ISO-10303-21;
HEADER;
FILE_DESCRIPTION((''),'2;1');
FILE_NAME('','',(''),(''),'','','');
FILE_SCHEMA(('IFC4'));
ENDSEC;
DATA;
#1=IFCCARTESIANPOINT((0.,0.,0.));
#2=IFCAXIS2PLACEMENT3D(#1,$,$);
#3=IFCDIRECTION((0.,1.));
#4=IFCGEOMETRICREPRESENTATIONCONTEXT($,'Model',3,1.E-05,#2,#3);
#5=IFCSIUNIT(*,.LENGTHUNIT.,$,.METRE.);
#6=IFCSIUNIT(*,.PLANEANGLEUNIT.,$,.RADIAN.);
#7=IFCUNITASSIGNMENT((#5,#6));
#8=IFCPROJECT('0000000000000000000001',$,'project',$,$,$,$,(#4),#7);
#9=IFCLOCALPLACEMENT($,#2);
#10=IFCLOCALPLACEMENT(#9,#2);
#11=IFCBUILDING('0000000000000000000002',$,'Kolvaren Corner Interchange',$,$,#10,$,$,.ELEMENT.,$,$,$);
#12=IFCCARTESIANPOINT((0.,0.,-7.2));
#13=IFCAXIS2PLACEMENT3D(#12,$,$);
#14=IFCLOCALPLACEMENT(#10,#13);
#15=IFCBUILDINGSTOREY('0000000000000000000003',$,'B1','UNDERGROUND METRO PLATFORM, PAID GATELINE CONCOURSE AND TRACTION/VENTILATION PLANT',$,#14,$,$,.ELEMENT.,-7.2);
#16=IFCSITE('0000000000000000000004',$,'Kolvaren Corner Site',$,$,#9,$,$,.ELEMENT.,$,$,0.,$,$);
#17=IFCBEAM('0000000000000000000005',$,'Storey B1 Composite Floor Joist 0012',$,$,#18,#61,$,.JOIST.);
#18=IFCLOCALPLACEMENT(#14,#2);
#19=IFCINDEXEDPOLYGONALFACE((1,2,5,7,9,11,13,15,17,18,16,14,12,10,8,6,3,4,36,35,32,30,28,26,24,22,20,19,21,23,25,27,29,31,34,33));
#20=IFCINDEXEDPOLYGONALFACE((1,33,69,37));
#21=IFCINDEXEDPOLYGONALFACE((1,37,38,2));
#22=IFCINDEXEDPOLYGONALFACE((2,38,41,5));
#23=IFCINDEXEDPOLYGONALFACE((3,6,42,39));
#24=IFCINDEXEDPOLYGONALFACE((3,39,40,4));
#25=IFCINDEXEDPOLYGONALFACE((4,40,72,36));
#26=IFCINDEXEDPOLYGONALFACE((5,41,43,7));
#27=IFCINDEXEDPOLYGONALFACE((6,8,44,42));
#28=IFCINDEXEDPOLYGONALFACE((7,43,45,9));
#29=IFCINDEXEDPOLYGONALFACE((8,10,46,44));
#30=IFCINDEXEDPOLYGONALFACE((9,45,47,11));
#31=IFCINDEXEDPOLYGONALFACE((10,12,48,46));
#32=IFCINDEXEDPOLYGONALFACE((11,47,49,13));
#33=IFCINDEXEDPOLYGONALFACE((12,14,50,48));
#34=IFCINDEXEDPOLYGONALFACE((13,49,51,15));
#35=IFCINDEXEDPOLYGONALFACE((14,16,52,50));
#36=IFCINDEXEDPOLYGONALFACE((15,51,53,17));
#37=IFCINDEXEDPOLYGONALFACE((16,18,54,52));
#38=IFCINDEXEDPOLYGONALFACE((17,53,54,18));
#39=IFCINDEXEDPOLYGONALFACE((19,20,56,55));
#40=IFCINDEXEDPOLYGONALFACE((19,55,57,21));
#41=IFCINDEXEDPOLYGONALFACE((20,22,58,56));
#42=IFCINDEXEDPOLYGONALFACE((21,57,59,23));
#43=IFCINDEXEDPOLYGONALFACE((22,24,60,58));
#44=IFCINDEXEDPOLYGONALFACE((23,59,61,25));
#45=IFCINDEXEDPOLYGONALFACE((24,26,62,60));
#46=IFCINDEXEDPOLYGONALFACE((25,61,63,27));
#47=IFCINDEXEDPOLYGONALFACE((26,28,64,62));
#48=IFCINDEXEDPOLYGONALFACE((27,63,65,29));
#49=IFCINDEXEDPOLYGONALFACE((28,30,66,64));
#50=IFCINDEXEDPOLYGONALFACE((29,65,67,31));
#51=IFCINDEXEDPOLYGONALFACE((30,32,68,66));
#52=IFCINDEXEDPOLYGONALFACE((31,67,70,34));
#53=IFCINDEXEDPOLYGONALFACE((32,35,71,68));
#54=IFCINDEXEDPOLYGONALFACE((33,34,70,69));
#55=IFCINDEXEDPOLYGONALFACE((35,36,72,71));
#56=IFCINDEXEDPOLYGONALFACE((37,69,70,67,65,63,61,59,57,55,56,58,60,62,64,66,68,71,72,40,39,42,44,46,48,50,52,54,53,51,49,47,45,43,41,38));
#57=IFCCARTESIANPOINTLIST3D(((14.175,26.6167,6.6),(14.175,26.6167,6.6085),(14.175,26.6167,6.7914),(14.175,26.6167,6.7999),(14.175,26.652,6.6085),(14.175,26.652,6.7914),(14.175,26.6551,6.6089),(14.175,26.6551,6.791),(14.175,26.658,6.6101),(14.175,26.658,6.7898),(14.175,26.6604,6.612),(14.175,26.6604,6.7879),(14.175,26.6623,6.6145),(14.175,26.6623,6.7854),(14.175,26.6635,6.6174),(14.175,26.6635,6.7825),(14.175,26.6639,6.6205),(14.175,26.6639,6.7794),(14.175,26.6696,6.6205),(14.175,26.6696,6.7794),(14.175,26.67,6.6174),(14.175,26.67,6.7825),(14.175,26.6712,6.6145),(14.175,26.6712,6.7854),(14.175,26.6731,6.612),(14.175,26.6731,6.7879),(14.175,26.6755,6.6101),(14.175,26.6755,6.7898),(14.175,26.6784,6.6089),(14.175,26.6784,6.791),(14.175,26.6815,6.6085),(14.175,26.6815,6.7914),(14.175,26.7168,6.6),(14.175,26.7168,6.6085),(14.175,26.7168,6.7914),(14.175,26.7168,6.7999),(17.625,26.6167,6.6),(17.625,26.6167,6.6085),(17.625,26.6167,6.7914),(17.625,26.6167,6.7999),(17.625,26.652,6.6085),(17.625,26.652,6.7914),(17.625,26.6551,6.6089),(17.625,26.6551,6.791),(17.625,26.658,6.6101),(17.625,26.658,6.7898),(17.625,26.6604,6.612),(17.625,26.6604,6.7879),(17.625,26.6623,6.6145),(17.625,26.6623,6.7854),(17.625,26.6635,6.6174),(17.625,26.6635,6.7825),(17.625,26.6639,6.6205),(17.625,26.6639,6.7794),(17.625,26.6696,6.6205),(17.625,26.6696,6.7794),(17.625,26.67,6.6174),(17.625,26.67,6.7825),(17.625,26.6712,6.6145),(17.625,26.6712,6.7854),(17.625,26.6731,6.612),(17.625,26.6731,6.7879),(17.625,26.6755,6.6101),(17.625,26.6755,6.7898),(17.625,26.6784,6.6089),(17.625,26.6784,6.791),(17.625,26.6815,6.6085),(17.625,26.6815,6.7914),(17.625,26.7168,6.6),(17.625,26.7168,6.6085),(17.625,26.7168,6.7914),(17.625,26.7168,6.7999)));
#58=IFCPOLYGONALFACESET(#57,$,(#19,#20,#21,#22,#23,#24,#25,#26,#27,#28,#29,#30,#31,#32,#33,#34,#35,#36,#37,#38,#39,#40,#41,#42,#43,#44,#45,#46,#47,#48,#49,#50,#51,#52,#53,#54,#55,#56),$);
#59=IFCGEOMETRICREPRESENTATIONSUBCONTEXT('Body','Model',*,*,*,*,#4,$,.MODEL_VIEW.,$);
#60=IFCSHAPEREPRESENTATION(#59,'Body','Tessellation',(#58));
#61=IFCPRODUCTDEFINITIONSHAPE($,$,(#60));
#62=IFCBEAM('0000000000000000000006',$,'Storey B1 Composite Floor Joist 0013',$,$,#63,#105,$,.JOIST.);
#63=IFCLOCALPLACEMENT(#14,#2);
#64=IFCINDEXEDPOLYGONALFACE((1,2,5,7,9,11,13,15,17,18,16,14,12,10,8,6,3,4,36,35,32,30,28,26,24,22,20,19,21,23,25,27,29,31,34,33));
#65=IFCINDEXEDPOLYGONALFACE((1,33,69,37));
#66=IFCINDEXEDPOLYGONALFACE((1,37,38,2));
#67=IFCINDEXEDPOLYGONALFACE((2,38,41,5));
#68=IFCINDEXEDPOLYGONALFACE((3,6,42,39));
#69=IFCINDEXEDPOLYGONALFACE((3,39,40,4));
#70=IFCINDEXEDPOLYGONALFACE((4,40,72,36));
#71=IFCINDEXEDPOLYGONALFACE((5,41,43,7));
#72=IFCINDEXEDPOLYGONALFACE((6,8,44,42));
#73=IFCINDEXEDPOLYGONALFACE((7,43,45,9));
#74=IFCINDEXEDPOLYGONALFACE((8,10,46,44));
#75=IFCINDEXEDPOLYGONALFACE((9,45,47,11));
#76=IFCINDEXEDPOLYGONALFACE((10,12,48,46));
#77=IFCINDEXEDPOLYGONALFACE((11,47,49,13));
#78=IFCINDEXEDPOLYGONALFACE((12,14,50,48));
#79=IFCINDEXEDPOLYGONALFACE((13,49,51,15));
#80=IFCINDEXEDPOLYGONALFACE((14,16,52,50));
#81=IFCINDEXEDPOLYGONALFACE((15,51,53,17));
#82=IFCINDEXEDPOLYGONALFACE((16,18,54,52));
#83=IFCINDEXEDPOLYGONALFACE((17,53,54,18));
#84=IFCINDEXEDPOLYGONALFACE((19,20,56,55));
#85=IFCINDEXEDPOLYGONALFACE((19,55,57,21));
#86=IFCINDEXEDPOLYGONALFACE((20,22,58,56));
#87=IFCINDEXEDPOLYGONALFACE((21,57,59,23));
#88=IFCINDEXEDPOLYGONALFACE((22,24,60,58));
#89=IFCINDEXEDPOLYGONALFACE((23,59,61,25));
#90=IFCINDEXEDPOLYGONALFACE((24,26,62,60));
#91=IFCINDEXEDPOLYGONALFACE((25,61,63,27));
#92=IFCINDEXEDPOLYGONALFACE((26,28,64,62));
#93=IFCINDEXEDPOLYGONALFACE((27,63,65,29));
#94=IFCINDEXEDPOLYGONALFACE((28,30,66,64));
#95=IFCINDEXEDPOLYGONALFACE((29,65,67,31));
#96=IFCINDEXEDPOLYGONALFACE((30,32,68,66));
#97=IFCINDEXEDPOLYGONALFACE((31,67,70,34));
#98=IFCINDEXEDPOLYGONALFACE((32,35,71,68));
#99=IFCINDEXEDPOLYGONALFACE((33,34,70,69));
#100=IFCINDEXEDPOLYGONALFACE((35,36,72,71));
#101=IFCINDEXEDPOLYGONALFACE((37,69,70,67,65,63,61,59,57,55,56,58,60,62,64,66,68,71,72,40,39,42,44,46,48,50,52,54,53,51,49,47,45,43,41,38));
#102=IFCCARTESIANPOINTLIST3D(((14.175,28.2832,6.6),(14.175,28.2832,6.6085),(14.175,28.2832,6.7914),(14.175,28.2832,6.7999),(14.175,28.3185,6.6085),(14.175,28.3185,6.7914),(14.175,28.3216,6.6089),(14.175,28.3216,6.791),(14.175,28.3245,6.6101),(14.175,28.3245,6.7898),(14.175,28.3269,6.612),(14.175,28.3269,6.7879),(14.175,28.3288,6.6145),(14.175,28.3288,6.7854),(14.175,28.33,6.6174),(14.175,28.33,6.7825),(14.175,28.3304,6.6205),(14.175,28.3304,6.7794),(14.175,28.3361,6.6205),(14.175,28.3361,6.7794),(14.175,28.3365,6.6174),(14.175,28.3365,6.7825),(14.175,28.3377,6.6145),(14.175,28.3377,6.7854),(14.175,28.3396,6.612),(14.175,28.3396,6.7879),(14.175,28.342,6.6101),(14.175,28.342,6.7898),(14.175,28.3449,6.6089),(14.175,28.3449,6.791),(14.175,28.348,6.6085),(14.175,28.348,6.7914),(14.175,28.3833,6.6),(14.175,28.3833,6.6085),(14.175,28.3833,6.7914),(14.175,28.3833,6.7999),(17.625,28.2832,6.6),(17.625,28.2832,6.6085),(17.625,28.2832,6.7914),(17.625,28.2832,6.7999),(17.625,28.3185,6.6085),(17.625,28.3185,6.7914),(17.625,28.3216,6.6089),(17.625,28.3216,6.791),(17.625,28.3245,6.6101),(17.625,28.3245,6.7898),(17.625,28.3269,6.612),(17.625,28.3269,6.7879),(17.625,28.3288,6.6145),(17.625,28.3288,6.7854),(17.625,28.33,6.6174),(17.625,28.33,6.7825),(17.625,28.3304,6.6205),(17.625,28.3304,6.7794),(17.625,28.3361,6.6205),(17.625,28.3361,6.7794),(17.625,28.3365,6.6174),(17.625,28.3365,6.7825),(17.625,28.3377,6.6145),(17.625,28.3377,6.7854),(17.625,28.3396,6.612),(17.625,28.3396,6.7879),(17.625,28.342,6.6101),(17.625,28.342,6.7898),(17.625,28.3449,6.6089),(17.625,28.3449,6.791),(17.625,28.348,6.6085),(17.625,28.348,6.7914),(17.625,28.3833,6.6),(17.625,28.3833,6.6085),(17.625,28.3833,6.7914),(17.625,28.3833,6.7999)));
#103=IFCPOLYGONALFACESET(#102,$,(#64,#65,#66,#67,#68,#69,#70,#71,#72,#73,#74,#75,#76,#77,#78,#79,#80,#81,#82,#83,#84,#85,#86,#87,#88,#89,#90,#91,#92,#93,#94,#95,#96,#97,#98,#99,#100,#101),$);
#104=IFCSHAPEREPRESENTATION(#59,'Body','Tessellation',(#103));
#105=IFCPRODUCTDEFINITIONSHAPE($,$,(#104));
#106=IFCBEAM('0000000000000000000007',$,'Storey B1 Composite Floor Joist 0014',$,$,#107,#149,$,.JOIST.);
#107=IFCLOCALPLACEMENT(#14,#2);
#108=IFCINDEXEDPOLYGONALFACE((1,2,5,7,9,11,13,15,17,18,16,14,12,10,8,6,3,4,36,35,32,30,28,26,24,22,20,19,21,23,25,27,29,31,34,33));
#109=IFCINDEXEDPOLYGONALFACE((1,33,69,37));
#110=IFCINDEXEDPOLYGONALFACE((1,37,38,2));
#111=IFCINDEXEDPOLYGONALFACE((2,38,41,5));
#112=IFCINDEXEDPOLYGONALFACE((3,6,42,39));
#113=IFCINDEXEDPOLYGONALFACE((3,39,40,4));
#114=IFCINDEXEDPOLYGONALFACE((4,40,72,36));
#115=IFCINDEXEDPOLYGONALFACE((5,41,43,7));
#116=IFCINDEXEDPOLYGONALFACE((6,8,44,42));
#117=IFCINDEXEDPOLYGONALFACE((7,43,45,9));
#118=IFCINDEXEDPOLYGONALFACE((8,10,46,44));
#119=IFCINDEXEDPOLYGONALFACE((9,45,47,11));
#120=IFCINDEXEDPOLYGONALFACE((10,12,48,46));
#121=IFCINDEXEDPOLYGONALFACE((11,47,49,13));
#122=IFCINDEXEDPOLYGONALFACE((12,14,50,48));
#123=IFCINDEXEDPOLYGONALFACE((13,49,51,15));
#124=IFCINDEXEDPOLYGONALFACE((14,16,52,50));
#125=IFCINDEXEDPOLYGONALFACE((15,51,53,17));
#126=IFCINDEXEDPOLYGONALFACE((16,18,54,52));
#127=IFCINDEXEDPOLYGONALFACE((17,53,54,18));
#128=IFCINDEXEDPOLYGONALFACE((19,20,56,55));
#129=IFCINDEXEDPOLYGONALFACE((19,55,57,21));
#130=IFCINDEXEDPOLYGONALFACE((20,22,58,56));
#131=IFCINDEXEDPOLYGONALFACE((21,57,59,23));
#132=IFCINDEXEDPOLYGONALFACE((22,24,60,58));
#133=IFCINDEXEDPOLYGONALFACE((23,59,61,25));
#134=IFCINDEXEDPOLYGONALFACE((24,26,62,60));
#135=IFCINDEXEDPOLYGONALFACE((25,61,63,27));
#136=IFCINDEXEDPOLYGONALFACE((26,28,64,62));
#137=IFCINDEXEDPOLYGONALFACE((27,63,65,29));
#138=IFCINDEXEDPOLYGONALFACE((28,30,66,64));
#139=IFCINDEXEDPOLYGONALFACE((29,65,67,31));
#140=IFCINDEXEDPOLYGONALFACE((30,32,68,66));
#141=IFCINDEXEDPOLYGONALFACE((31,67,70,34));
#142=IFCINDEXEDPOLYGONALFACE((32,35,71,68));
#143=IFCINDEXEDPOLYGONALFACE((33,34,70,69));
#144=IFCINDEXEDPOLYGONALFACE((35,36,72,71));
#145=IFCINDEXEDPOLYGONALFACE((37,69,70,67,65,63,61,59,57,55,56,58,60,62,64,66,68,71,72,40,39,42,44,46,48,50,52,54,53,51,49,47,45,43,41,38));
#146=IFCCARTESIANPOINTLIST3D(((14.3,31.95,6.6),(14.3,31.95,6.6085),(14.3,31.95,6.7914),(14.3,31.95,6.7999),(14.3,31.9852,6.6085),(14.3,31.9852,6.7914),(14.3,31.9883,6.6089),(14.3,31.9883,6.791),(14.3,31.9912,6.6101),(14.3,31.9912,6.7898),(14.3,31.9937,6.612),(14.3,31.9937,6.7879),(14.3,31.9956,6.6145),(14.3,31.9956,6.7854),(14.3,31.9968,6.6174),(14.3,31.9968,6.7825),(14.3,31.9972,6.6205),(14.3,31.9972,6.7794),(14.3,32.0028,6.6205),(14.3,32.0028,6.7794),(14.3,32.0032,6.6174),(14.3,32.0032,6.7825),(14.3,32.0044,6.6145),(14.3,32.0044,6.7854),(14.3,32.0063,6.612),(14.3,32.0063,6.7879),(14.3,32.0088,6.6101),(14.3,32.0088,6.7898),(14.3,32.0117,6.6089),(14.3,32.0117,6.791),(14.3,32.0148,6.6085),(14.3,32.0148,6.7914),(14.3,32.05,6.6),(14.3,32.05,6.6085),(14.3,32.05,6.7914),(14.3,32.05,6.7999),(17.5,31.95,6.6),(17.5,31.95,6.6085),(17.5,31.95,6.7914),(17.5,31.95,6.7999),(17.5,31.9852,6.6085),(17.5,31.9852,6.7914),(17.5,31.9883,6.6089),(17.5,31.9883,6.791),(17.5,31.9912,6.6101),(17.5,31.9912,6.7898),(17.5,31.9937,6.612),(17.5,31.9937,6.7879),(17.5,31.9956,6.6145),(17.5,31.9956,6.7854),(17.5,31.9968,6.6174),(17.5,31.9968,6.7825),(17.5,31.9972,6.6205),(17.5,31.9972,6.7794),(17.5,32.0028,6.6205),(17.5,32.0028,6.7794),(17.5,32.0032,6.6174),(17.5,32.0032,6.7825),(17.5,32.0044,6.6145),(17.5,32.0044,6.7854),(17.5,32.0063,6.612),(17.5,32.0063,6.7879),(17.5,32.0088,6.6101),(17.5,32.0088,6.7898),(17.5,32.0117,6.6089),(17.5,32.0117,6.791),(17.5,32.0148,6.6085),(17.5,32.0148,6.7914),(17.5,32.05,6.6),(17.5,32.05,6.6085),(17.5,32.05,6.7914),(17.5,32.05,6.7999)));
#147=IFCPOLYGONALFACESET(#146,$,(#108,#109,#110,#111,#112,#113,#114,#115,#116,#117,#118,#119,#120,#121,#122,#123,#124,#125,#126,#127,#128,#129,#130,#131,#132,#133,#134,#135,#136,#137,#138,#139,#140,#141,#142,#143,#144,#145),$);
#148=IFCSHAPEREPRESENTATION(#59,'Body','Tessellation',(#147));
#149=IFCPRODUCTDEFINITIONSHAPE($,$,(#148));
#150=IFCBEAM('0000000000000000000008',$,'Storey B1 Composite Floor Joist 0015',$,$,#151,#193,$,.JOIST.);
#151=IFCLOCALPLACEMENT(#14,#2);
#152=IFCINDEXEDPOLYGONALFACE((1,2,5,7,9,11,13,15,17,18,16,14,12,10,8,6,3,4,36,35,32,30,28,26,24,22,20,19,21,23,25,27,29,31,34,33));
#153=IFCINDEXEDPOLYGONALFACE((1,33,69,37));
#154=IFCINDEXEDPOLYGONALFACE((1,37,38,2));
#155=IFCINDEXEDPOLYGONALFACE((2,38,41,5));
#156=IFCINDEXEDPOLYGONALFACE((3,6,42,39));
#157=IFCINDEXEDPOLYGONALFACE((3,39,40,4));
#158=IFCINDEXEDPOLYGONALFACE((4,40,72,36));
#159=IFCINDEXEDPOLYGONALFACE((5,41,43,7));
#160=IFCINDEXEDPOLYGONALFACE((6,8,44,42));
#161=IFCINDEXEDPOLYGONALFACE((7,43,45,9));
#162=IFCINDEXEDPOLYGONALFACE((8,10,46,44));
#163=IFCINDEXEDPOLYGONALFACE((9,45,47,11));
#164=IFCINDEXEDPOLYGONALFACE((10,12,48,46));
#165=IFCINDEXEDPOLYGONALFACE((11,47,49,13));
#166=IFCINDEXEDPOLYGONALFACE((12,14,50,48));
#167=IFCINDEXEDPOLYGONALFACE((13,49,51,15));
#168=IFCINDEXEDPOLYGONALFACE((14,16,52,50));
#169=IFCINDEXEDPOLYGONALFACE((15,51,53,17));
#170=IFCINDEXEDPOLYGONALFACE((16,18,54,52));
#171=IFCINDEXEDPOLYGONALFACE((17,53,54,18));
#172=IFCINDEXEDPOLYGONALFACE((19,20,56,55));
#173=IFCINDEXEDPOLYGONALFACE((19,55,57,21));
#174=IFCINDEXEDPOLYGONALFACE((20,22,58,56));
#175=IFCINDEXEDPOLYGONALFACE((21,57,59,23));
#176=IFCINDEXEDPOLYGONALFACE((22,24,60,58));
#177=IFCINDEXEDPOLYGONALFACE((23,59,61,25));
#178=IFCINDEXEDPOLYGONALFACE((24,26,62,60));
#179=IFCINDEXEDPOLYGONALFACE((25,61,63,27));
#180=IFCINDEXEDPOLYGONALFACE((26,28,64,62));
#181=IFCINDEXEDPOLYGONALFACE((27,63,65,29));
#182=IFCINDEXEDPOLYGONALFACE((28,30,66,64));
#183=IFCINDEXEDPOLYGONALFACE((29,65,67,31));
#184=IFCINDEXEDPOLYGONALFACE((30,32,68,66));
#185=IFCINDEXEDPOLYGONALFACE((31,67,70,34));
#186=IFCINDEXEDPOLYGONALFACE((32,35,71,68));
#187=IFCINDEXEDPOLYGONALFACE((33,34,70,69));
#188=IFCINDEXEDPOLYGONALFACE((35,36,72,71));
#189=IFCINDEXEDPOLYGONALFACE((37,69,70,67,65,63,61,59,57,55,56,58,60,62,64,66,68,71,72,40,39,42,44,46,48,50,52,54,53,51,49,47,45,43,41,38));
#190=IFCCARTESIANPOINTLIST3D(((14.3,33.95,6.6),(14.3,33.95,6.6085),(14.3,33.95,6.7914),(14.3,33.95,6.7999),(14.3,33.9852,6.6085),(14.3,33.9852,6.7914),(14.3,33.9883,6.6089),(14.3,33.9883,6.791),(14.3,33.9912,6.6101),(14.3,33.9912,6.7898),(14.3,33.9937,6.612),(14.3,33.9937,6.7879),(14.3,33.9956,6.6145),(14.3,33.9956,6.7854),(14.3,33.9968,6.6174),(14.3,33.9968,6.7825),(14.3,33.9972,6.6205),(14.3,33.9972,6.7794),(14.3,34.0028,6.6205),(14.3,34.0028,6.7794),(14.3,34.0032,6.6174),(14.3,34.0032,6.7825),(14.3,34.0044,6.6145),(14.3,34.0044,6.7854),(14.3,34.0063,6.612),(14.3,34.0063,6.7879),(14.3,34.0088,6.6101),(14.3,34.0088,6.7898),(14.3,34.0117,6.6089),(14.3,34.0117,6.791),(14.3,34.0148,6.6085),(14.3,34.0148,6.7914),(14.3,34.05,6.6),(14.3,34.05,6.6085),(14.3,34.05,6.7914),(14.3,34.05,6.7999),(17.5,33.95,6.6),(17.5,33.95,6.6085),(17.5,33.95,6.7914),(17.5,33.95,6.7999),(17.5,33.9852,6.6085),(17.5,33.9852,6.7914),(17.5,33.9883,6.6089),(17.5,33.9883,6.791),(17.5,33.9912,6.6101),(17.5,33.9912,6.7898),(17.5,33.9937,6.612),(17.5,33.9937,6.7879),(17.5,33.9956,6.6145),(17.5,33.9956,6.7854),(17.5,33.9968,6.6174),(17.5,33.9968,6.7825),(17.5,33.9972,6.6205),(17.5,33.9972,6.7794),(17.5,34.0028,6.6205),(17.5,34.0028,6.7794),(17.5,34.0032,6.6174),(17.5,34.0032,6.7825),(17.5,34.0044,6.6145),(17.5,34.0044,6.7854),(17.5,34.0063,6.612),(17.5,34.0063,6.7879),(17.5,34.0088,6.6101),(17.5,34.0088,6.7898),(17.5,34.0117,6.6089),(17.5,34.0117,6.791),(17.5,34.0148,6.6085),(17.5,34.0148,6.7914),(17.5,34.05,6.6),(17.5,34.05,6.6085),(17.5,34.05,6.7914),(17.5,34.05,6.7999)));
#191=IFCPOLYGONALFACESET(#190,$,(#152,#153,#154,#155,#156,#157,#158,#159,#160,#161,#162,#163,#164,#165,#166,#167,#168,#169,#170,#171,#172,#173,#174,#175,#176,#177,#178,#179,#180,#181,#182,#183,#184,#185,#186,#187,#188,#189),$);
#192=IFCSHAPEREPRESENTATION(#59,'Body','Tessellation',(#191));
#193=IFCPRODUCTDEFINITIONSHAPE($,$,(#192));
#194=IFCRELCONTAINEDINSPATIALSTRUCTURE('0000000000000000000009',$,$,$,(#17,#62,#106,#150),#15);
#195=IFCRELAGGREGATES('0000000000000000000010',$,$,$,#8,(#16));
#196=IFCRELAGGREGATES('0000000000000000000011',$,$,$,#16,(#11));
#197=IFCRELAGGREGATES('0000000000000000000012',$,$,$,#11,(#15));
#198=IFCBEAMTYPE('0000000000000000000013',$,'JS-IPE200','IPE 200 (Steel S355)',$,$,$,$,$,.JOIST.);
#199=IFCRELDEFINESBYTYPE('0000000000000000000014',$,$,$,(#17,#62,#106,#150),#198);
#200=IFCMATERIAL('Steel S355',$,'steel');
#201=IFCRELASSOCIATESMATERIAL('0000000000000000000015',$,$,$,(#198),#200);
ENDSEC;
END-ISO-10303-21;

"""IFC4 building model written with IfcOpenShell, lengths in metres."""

from ifc_helpers import new_model, si_unit, direction, frame, origin, origin_2d, place, context, subcontext, project, spatial, i_section, extrude, material, material_profile, profile_set, type_object, element, save


model = new_model("IFC4")

# Units and contexts
model_context = context("Model", 3, precision=1e-05, world=origin(), true_north=direction((0.0, 1.0)))
body_context = subcontext(model_context, "Body", "Model", "MODEL_VIEW")
ifc_project = project(units=[si_unit("LENGTHUNIT", "METRE"), si_unit("PLANEANGLEUNIT", "RADIAN")], contexts=[model_context])

# Site, building, storey
site_placement = place(None, origin())
site = spatial("IfcSite", under=ifc_project, at=site_placement, Name="Kolvaren Corner Site", CompositionType="ELEMENT", RefElevation=0.0)
building_placement = place(site_placement, origin())
building = spatial("IfcBuilding", under=site, at=building_placement, Name="Kolvaren Corner Interchange", CompositionType="ELEMENT")
storey_placement = place(building_placement, frame((0.0, 0.0, -7.2)))
storey = spatial("IfcBuildingStorey", under=building, at=storey_placement, Name="B1", Description="UNDERGROUND METRO PLATFORM, PAID GATELINE CONCOURSE AND TRACTION/VENTILATION PLANT", CompositionType="ELEMENT", Elevation=-7.2)

# Beams
ifc_material_1 = material(Name="Steel S355", Category="steel")
ifc_material_profile_1 = material_profile(ifc_material_1, i_section(OverallWidth=0.1001, OverallDepth=0.2, WebThickness=0.0056, FlangeThickness=0.0085, FilletRadius=0.012, at=origin_2d()), Name="IPE 200")
ifc_profile_set_1 = profile_set([ifc_material_profile_1], Name="Steel S355")
beam_type_1 = type_object("IfcBeamType", Name="JS-IPE200", Description="IPE 200 (Steel S355)", PredefinedType="JOIST", material=ifc_profile_set_1)
for number, where, z_axis, x_axis, name in (
    (1, (14.175, 26.6667, 6.7), (1.0, 0.0, 0.0), (0.0, 1.0, 0.0), "Storey B1 Composite Floor Joist 0012"),
    (2, (14.175, 28.3333, 6.7), (1.0, 0.0, 0.0), (0.0, 1.0, 0.0), "Storey B1 Composite Floor Joist 0013"),
):
    element("IfcBeam", number, at=place(storey_placement, frame(where, z_axis=z_axis, x_axis=x_axis)), inside=storey, type_object=beam_type_1, Name=name, PredefinedType="JOIST", context=body_context, shape_type="SweptSolid", body=[
        extrude(i_section(OverallWidth=0.1001, OverallDepth=0.2, WebThickness=0.0056, FlangeThickness=0.0085, FilletRadius=0.012, at=origin_2d()), origin(), (0.0, 0.0, 1.0), 3.45),
    ])
for number, where, z_axis, x_axis, name in (
    (3, (14.3, 32.0, 6.7), (1.0, 0.0, 0.0), (0.0, 1.0, 0.0), "Storey B1 Composite Floor Joist 0014"),
    (4, (14.3, 34.0, 6.7), (1.0, 0.0, 0.0), (0.0, 1.0, 0.0), "Storey B1 Composite Floor Joist 0015"),
):
    element("IfcBeam", number, at=place(storey_placement, frame(where, z_axis=z_axis, x_axis=x_axis)), inside=storey, type_object=beam_type_1, Name=name, PredefinedType="JOIST", context=body_context, shape_type="SweptSolid", body=[
        extrude(i_section(OverallWidth=0.1001, OverallDepth=0.2, WebThickness=0.0056, FlangeThickness=0.0085, FilletRadius=0.012, at=origin_2d()), origin(), (0.0, 0.0, 1.0), 3.2),
    ])

save(model, "model.ifc")
